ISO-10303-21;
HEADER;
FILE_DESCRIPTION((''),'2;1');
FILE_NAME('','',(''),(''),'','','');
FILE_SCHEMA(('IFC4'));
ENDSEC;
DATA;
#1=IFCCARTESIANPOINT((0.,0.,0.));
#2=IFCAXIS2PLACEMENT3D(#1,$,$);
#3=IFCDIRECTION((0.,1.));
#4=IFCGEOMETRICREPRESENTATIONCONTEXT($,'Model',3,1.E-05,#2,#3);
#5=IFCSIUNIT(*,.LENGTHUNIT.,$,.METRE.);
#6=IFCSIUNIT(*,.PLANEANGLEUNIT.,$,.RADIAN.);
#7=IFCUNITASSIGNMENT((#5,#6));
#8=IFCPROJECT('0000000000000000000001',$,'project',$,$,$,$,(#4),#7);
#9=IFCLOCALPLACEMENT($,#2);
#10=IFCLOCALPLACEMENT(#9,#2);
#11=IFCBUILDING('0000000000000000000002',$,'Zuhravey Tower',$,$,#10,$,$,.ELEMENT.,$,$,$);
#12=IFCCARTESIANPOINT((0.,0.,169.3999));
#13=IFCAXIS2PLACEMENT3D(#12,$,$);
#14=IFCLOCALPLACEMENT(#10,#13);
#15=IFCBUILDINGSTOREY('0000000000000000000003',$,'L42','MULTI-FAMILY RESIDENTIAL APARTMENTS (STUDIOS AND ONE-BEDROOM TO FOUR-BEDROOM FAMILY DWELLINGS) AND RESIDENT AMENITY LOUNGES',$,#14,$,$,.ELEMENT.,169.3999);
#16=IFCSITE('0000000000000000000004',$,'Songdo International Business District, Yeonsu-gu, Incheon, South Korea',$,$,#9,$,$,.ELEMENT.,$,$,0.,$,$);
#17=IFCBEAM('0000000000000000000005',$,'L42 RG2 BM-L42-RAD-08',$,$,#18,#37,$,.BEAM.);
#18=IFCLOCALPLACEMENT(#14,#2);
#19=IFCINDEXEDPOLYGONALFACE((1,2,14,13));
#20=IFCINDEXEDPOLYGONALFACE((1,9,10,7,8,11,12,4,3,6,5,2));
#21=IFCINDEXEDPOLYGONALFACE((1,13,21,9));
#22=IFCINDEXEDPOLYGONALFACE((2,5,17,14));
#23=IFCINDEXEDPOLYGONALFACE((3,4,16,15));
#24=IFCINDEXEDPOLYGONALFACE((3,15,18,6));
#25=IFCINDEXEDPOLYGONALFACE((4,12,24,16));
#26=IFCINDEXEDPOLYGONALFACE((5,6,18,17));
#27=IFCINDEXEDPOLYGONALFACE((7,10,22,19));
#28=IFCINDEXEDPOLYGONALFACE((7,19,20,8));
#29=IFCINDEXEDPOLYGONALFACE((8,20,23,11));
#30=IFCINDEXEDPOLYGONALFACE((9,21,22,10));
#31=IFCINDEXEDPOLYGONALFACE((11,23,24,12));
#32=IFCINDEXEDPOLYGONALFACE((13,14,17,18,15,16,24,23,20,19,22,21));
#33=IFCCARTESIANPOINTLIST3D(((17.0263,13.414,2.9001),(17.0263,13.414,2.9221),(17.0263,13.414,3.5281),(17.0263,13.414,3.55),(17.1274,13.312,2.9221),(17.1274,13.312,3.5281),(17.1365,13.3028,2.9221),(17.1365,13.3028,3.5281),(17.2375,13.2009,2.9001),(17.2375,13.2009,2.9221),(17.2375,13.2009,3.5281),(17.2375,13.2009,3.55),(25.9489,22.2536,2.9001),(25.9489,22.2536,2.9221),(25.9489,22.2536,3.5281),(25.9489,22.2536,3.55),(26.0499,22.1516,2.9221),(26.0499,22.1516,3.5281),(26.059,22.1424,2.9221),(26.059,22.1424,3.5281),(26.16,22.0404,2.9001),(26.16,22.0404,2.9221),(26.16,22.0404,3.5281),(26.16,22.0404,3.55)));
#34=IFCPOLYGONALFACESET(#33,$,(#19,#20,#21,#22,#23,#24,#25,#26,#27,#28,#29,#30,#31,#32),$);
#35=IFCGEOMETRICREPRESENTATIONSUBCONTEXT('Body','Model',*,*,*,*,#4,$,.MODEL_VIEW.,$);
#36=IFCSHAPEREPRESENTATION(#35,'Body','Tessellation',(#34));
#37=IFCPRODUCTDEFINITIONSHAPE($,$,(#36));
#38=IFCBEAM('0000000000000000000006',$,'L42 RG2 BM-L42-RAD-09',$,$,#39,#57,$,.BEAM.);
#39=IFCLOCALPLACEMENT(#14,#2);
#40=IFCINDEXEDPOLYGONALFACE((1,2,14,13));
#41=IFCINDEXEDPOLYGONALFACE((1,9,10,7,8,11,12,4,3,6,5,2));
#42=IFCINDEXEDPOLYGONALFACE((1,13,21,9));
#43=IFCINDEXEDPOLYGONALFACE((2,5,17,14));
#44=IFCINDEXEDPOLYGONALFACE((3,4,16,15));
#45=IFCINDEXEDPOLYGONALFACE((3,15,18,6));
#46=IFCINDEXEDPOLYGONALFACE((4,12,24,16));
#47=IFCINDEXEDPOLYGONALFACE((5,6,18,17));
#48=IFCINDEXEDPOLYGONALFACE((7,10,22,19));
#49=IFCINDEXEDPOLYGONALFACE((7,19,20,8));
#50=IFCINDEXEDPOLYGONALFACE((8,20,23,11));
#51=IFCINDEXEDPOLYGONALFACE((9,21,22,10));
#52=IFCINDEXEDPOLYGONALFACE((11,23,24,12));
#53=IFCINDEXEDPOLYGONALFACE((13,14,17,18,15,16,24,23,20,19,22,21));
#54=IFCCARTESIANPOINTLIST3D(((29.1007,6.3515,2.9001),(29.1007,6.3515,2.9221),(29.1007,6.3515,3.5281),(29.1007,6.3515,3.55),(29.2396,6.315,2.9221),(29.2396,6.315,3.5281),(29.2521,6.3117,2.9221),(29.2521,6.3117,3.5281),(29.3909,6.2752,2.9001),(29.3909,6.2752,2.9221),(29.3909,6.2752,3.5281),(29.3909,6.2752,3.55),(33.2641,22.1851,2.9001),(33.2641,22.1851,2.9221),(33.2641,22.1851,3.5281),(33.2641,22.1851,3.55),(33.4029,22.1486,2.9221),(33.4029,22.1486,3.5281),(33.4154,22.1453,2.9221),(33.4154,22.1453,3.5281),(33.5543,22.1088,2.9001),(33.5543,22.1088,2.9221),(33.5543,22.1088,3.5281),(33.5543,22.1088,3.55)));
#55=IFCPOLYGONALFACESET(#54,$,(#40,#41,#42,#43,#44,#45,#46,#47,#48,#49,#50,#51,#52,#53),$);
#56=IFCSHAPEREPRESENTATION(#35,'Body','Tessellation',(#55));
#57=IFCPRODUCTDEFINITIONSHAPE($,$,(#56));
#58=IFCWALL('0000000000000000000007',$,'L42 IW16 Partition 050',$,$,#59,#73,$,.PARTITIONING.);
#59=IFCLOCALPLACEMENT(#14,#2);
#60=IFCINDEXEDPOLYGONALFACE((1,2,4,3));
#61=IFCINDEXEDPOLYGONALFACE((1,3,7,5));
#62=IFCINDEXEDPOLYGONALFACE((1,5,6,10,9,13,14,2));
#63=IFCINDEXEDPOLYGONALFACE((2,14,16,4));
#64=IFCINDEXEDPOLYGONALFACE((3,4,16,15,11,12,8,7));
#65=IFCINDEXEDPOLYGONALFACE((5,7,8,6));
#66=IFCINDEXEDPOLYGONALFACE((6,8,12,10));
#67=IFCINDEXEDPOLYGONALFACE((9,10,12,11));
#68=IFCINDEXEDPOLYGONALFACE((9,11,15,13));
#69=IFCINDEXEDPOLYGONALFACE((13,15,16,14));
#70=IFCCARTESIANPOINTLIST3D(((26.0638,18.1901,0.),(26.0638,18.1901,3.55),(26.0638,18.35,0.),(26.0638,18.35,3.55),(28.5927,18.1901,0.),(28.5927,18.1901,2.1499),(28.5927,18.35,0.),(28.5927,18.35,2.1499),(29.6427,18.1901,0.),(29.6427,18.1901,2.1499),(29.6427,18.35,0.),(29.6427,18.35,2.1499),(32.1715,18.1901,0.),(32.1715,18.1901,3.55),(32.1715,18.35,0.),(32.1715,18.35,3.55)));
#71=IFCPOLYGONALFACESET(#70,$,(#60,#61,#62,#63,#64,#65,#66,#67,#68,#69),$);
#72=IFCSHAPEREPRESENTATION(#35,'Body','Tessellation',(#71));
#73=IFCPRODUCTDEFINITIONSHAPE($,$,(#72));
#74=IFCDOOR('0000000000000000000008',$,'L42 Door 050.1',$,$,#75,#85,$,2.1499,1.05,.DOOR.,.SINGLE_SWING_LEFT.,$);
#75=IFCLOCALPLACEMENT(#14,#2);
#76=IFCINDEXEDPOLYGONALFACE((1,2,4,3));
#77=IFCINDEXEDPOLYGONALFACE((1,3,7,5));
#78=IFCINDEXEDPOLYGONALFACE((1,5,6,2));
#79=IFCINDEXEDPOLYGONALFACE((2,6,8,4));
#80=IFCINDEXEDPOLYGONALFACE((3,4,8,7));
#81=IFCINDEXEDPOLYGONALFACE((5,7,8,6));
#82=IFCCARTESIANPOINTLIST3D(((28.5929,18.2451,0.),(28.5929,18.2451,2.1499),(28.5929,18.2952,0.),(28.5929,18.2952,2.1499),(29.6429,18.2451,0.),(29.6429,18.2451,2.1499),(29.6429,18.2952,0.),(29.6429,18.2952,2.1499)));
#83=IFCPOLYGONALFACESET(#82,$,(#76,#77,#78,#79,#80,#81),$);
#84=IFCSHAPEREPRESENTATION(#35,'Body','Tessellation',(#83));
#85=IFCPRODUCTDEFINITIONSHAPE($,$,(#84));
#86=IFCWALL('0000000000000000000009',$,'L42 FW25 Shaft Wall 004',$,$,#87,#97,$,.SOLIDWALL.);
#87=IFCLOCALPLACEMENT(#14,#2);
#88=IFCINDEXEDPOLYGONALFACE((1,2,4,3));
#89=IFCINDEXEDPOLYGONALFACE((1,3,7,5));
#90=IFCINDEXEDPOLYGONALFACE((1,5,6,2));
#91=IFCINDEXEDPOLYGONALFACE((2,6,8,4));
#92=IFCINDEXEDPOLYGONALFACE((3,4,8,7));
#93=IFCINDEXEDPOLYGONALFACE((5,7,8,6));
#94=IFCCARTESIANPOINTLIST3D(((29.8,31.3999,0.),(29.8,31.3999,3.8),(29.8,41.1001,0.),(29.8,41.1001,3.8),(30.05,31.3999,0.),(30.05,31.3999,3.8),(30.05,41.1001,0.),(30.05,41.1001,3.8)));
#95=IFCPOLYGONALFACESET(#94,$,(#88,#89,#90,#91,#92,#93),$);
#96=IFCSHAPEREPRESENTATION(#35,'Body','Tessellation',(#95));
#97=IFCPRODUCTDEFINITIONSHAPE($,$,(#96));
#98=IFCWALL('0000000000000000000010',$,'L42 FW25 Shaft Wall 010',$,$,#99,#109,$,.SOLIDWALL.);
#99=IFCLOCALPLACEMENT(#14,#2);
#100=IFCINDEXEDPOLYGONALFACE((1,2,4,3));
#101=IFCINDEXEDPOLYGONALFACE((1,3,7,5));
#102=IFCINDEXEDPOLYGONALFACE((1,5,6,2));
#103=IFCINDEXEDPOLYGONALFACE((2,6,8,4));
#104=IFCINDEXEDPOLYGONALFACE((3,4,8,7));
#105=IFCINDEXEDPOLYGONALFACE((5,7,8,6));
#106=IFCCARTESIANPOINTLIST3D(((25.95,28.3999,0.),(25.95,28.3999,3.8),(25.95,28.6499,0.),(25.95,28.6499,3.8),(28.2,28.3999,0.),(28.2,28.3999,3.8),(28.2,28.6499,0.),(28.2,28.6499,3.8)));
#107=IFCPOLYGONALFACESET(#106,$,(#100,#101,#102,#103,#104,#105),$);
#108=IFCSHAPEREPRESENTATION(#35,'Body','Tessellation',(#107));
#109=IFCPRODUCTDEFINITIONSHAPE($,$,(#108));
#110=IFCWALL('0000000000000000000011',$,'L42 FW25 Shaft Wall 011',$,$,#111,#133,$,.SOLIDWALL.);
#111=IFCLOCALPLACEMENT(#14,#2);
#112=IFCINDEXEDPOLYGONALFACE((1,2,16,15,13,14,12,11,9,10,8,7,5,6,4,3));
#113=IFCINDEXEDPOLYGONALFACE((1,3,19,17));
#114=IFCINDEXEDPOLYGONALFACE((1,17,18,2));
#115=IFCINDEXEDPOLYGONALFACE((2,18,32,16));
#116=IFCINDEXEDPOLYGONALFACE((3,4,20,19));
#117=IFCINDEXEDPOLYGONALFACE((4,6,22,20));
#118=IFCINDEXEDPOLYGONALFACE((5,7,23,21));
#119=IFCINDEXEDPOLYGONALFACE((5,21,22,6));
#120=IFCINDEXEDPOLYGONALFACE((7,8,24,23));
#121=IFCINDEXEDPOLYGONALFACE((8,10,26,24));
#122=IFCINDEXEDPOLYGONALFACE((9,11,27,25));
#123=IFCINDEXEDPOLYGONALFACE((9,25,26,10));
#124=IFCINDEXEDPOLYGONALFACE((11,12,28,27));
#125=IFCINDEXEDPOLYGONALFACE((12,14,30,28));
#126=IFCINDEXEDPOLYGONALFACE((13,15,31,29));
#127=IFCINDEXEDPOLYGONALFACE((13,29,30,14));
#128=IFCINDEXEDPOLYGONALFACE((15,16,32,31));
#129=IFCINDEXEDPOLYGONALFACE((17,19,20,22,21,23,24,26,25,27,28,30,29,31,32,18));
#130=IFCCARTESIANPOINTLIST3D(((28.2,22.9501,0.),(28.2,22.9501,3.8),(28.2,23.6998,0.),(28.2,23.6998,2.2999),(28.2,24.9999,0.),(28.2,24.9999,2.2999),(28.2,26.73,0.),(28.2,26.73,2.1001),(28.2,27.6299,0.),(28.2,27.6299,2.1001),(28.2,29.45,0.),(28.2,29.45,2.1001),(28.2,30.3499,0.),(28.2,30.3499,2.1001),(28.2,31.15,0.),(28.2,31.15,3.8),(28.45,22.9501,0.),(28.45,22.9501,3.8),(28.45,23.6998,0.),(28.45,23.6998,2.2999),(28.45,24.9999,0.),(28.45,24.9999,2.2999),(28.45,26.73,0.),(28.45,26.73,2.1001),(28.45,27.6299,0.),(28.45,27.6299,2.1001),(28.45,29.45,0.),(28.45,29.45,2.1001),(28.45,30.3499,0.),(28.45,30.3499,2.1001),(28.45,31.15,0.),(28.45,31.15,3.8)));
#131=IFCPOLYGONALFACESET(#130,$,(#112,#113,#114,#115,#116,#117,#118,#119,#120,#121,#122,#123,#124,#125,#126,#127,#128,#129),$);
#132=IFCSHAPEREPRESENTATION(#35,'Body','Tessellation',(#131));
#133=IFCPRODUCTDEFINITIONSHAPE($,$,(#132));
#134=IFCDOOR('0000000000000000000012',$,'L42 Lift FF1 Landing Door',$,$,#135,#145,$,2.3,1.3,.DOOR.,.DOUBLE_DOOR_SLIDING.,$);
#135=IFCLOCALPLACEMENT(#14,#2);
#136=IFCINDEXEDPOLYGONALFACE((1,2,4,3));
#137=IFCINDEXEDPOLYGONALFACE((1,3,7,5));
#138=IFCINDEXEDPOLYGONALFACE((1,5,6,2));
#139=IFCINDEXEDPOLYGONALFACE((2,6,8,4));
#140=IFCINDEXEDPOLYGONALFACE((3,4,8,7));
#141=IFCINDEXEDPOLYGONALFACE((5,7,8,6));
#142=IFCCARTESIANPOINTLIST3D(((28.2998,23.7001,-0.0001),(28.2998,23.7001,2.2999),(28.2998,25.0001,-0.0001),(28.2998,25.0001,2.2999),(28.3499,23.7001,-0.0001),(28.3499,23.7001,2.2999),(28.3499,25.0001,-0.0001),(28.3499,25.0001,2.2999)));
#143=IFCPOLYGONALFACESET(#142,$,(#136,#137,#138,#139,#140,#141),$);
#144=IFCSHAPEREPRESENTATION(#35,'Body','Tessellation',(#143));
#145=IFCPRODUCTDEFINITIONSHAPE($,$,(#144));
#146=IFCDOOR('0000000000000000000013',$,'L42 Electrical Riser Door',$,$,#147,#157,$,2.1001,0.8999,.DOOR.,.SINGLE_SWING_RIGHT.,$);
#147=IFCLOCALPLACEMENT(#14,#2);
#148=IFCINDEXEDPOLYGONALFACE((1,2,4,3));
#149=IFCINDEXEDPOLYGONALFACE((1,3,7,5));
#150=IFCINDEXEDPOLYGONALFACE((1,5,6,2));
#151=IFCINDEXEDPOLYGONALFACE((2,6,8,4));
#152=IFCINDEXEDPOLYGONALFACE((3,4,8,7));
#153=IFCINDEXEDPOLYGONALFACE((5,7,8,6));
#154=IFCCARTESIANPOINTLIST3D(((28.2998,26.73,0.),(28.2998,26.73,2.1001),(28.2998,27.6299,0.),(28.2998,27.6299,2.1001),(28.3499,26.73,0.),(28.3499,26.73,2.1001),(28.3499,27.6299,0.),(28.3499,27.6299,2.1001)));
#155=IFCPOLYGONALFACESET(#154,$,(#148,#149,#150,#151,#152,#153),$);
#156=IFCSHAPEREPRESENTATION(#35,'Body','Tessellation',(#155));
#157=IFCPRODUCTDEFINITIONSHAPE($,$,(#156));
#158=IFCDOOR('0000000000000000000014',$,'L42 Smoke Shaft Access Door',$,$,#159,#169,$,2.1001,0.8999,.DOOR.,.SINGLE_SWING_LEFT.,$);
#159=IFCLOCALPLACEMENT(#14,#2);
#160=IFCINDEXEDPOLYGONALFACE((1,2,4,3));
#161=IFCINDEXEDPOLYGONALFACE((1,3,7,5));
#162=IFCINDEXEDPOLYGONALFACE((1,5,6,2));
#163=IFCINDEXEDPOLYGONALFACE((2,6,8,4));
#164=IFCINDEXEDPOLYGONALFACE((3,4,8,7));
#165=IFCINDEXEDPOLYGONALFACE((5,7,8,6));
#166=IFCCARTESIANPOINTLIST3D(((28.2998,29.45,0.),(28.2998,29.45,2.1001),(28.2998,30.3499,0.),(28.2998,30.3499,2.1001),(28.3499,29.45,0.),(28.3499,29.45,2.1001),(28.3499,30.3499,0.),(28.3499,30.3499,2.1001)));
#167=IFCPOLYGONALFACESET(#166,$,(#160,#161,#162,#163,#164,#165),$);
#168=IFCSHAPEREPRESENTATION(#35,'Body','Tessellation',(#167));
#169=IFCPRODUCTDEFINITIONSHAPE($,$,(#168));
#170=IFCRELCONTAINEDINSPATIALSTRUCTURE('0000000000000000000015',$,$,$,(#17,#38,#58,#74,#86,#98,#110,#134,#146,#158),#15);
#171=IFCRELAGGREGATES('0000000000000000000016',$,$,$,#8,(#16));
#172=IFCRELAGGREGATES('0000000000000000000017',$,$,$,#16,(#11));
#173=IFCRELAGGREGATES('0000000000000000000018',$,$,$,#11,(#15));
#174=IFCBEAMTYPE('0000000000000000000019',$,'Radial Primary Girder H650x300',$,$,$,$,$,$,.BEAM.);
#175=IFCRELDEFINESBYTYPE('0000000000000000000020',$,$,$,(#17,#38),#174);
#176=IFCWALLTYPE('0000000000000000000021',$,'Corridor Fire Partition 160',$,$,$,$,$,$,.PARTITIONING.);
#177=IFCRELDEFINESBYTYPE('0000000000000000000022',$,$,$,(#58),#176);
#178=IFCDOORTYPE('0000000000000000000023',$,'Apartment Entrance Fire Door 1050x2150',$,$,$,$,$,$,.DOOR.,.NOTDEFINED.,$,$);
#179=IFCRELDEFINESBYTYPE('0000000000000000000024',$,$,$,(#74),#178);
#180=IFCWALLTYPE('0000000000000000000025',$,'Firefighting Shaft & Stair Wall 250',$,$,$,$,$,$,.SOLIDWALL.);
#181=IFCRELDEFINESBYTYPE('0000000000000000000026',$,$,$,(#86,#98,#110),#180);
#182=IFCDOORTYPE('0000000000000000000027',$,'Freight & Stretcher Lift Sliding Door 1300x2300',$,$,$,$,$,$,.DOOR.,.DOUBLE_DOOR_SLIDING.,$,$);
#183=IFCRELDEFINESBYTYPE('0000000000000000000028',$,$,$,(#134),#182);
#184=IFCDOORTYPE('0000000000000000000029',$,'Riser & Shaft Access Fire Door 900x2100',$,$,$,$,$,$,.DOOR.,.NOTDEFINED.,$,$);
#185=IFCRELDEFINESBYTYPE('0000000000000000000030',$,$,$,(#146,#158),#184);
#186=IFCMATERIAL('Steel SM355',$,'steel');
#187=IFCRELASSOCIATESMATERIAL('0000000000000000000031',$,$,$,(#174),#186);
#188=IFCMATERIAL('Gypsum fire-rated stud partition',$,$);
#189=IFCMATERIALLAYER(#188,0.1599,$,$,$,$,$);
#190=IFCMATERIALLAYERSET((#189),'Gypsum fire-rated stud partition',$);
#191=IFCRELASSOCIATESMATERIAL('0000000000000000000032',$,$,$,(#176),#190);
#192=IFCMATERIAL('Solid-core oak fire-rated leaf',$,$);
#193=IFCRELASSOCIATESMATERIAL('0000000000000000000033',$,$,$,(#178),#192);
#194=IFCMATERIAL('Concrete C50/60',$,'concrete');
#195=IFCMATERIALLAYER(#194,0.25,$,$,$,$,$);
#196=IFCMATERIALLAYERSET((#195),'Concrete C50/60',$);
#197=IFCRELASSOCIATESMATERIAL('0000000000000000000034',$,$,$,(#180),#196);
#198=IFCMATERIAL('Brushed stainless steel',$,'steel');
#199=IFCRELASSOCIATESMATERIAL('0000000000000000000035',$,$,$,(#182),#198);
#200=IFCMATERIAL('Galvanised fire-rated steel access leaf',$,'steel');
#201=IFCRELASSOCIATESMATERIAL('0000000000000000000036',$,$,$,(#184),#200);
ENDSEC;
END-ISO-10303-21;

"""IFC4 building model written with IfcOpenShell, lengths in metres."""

from ifc_helpers import new_model, si_unit, direction, frame, frame_2d, origin, origin_2d, place, context, subcontext, project, spatial, rectangle, i_section, extrude, material, layer, layer_set, material_profile, profile_set, type_object, element, fill, save


model = new_model("IFC4")

# Units and contexts
model_context = context("Model", 3, precision=1e-05, world=origin(), true_north=direction((0.0, 1.0)))
body_context = subcontext(model_context, "Body", "Model", "MODEL_VIEW")
ifc_project = project(units=[si_unit("LENGTHUNIT", "METRE"), si_unit("PLANEANGLEUNIT", "RADIAN")], contexts=[model_context])

# Site, building, storey
site_placement = place(None, origin())
site = spatial("IfcSite", under=ifc_project, at=site_placement, Name="Songdo International Business District, Yeonsu-gu, Incheon, South Korea", CompositionType="ELEMENT", RefElevation=0.0)
building_placement = place(site_placement, origin())
building = spatial("IfcBuilding", under=site, at=building_placement, Name="Zuhravey Tower", CompositionType="ELEMENT")
storey_placement = place(building_placement, frame((0.0, 0.0, 169.3999)))
storey = spatial("IfcBuildingStorey", under=building, at=storey_placement, Name="L42", Description="MULTI-FAMILY RESIDENTIAL APARTMENTS (STUDIOS AND ONE-BEDROOM TO FOUR-BEDROOM FAMILY DWELLINGS) AND RESIDENT AMENITY LOUNGES", CompositionType="ELEMENT", Elevation=169.3999)

# Beams
ifc_material_1 = material(Name="Steel SM355", Category="steel")
ifc_material_profile = material_profile(ifc_material_1, i_section(OverallWidth=0.3, OverallDepth=0.6499, WebThickness=0.0129, FlangeThickness=0.022, at=origin_2d()), Name="H-650x300x13x22")
ifc_profile_set = profile_set([ifc_material_profile], Name="Steel SM355")
beam_type = type_object("IfcBeamType", Name="Radial Primary Girder H650x300", PredefinedType="BEAM", material=ifc_profile_set)
beam_1_placement = place(storey_placement, frame((26.0544, 22.147, 3.2251), z_axis=(-0.710404, -0.703795, 0.0), x_axis=(0.703795, -0.710404, 0.0)))
element("IfcBeam", 1, at=beam_1_placement, inside=storey, type_object=beam_type, Name="L42 RG2 BM-L42-RAD-08", PredefinedType="BEAM", context=body_context, shape_type="SweptSolid", body=[
    extrude(i_section(OverallWidth=0.3, OverallDepth=0.6499, WebThickness=0.0129, FlangeThickness=0.022, at=origin_2d()), origin(), (0.0, 0.0, 1.0), 12.5598),
])
beam_2_placement = place(storey_placement, frame((33.4092, 22.147, 3.2251), z_axis=(-0.2543, -0.967125, 0.0), x_axis=(0.967125, -0.2543, 0.0)))
element("IfcBeam", 2, at=beam_2_placement, inside=storey, type_object=beam_type, Name="L42 RG2 BM-L42-RAD-09", PredefinedType="BEAM", context=body_context, shape_type="SweptSolid", body=[
    extrude(i_section(OverallWidth=0.3, OverallDepth=0.6499, WebThickness=0.0129, FlangeThickness=0.022, at=origin_2d()), origin(), (0.0, 0.0, 1.0), 16.3718),
])

# Wall, opening, door
ifc_material_2 = material(Name="Gypsum fire-rated stud partition")
ifc_layer_1 = layer(ifc_material_2, 0.1599)
ifc_layer_set_1 = layer_set([ifc_layer_1], Name="Gypsum fire-rated stud partition")
wall_type_1 = type_object("IfcWallType", Name="Corridor Fire Partition 160", PredefinedType="PARTITIONING", material=ifc_layer_set_1)
wall_1_placement = place(storey_placement, frame((26.064, 18.27, 0.0), z_axis=(0.0, 0.0, 1.0), x_axis=(1.0, 0.0, 0.0)))
wall_1 = element("IfcWall", 3, at=wall_1_placement, inside=storey, type_object=wall_type_1, Name="L42 IW16 Partition 050", PredefinedType="PARTITIONING", context=body_context, shape_type="SweptSolid", body=[
    extrude(rectangle(XDim=6.1077, YDim=0.1599, at=frame_2d((3.0537, 0.0))), origin(), (0.0, 0.0, 1.0), 3.55),
])
opening_1_placement = place(wall_1_placement, frame((2.5288, 0.0, 0.0)))
opening_1 = element("IfcOpeningElement", 4, at=opening_1_placement, cuts=wall_1, PredefinedType="OPENING", context=body_context, shape_type="SweptSolid", body=[
    extrude(rectangle(XDim=1.05, YDim=2.1499, at=frame_2d((0.5249, 1.075))), frame((0.0, 0.092, 0.0), z_axis=(0.0, -1.0, 0.0), x_axis=(1.0, 0.0, 0.0)), (0.0, 0.0, 1.0), 0.1838),
])
ifc_material_3 = material(Name="Solid-core oak fire-rated leaf")
door_type_1 = type_object("IfcDoorType", Name="Apartment Entrance Fire Door 1050x2150", OperationType="NOTDEFINED", PredefinedType="DOOR", material=ifc_material_3)
door_1_placement = place(opening_1_placement, frame((1.05, 0.0, 0.0), z_axis=(0.0, 0.0, 1.0), x_axis=(-1.0, 0.0, 0.0)))
door_1 = element("IfcDoor", 5, at=door_1_placement, inside=storey, type_object=door_type_1, Name="L42 Door 050.1", OperationType="SINGLE_SWING_LEFT", OverallHeight=2.1499, OverallWidth=1.05, PredefinedType="DOOR", context=body_context, shape_type="SweptSolid", body=[
    extrude(rectangle(XDim=1.05, YDim=2.1499, at=frame_2d((0.5249, 1.075))), frame((0.0, 0.0249, 0.0), z_axis=(0.0, -1.0, 0.0), x_axis=(1.0, 0.0, 0.0)), (0.0, 0.0, 1.0), 0.05),
])
fill(opening_1, door_1)

# Shared definitions
ifc_material_4 = material(Name="Concrete C50/60", Category="concrete")
ifc_layer_2 = layer(ifc_material_4, 0.25)
ifc_layer_set_2 = layer_set([ifc_layer_2], Name="Concrete C50/60")
wall_type_2 = type_object("IfcWallType", Name="Firefighting Shaft & Stair Wall 250", PredefinedType="SOLIDWALL", material=ifc_layer_set_2)

# Walls
wall_2_placement = place(storey_placement, frame((29.925, 31.3999, 0.0), z_axis=(0.0, 0.0, 1.0), x_axis=(0.0, 1.0, 0.0)))
element("IfcWall", 6, at=wall_2_placement, inside=storey, type_object=wall_type_2, Name="L42 FW25 Shaft Wall 004", PredefinedType="SOLIDWALL", context=body_context, shape_type="SweptSolid", body=[
    extrude(rectangle(XDim=9.7002, YDim=0.25, at=frame_2d((4.8501, 0.0))), origin(), (0.0, 0.0, 1.0), 3.8),
])
wall_3_placement = place(storey_placement, frame((25.95, 28.5249, 0.0), z_axis=(0.0, 0.0, 1.0), x_axis=(1.0, 0.0, 0.0)))
element("IfcWall", 7, at=wall_3_placement, inside=storey, type_object=wall_type_2, Name="L42 FW25 Shaft Wall 010", PredefinedType="SOLIDWALL", context=body_context, shape_type="SweptSolid", body=[
    extrude(rectangle(XDim=2.25, YDim=0.25, at=frame_2d((1.125, 0.0))), origin(), (0.0, 0.0, 1.0), 3.8),
])

# Wall, openings, doors
wall_4_placement = place(storey_placement, frame((28.325, 22.95, 0.0), z_axis=(0.0, 0.0, 1.0), x_axis=(0.0, 1.0, 0.0)))
wall_4 = element("IfcWall", 8, at=wall_4_placement, inside=storey, type_object=wall_type_2, Name="L42 FW25 Shaft Wall 011", PredefinedType="SOLIDWALL", context=body_context, shape_type="SweptSolid", body=[
    extrude(rectangle(XDim=8.2, YDim=0.25, at=frame_2d((4.1001, 0.0))), origin(), (0.0, 0.0, 1.0), 3.8),
])
opening_2_placement = place(wall_4_placement, frame((0.75, 0.0, 0.0)))
opening_2 = element("IfcOpeningElement", 9, at=opening_2_placement, cuts=wall_4, PredefinedType="OPENING", context=body_context, shape_type="SweptSolid", body=[
    extrude(rectangle(XDim=1.3, YDim=2.3, at=frame_2d((0.6499, 1.1499))), frame((0.0, 0.137, 0.0), z_axis=(0.0, -1.0, 0.0), x_axis=(1.0, 0.0, 0.0)), (0.0, 0.0, 1.0), 0.2739),
])
opening_3_placement = place(wall_4_placement, frame((3.78, 0.0, 0.0)))
opening_3 = element("IfcOpeningElement", 10, at=opening_3_placement, cuts=wall_4, PredefinedType="OPENING", context=body_context, shape_type="SweptSolid", body=[
    extrude(rectangle(XDim=0.8999, YDim=2.1001, at=frame_2d((0.45, 1.05))), frame((0.0, 0.137, 0.0), z_axis=(0.0, -1.0, 0.0), x_axis=(1.0, 0.0, 0.0)), (0.0, 0.0, 1.0), 0.2739),
])
opening_4_placement = place(wall_4_placement, frame((6.5, 0.0, 0.0)))
opening_4 = element("IfcOpeningElement", 11, at=opening_4_placement, cuts=wall_4, PredefinedType="OPENING", context=body_context, shape_type="SweptSolid", body=[
    extrude(rectangle(XDim=0.8999, YDim=2.1001, at=frame_2d((0.45, 1.05))), frame((0.0, 0.137, 0.0), z_axis=(0.0, -1.0, 0.0), x_axis=(1.0, 0.0, 0.0)), (0.0, 0.0, 1.0), 0.2739),
])
ifc_material_5 = material(Name="Brushed stainless steel", Category="steel")
door_type_2 = type_object("IfcDoorType", Name="Freight & Stretcher Lift Sliding Door 1300x2300", OperationType="DOUBLE_DOOR_SLIDING", PredefinedType="DOOR", material=ifc_material_5)
door_2_placement = place(opening_2_placement, frame((1.3, 0.0, 0.0), z_axis=(0.0, 0.0, 1.0), x_axis=(-1.0, 0.0, 0.0)))
door_2 = element("IfcDoor", 12, at=door_2_placement, inside=storey, type_object=door_type_2, Name="L42 Lift FF1 Landing Door", OperationType="DOUBLE_DOOR_SLIDING", OverallHeight=2.3, OverallWidth=1.3, PredefinedType="DOOR", context=body_context, shape_type="SweptSolid", body=[
    extrude(rectangle(XDim=1.3, YDim=2.3, at=frame_2d((0.6499, 1.1499))), frame((0.0, 0.0249, 0.0), z_axis=(0.0, -1.0, 0.0), x_axis=(1.0, 0.0, 0.0)), (0.0, 0.0, 1.0), 0.05),
])
fill(opening_2, door_2)
ifc_material_6 = material(Name="Galvanised fire-rated steel access leaf", Category="steel")
door_type_3 = type_object("IfcDoorType", Name="Riser & Shaft Access Fire Door 900x2100", OperationType="NOTDEFINED", PredefinedType="DOOR", material=ifc_material_6)
door_3_placement = place(opening_3_placement, frame((0.8999, 0.0, 0.0), z_axis=(0.0, 0.0, 1.0), x_axis=(-1.0, 0.0, 0.0)))
door_3 = element("IfcDoor", 13, at=door_3_placement, inside=storey, type_object=door_type_3, Name="L42 Electrical Riser Door", OperationType="SINGLE_SWING_RIGHT", OverallHeight=2.1001, OverallWidth=0.8999, PredefinedType="DOOR", context=body_context, shape_type="SweptSolid", body=[
    extrude(rectangle(XDim=0.8999, YDim=2.1001, at=frame_2d((0.45, 1.05))), frame((0.0, 0.0249, 0.0), z_axis=(0.0, -1.0, 0.0), x_axis=(1.0, 0.0, 0.0)), (0.0, 0.0, 1.0), 0.05),
])
fill(opening_3, door_3)
door_4_placement = place(opening_4_placement, frame((0.8999, 0.0, 0.0), z_axis=(0.0, 0.0, 1.0), x_axis=(-1.0, 0.0, 0.0)))
door_4 = element("IfcDoor", 14, at=door_4_placement, inside=storey, type_object=door_type_3, Name="L42 Smoke Shaft Access Door", OperationType="SINGLE_SWING_LEFT", OverallHeight=2.1001, OverallWidth=0.8999, PredefinedType="DOOR", context=body_context, shape_type="SweptSolid", body=[
    extrude(rectangle(XDim=0.8999, YDim=2.1001, at=frame_2d((0.45, 1.05))), frame((0.0, 0.0249, 0.0), z_axis=(0.0, -1.0, 0.0), x_axis=(1.0, 0.0, 0.0)), (0.0, 0.0, 1.0), 0.05),
])
fill(opening_4, door_4)

save(model, "model.ifc")
